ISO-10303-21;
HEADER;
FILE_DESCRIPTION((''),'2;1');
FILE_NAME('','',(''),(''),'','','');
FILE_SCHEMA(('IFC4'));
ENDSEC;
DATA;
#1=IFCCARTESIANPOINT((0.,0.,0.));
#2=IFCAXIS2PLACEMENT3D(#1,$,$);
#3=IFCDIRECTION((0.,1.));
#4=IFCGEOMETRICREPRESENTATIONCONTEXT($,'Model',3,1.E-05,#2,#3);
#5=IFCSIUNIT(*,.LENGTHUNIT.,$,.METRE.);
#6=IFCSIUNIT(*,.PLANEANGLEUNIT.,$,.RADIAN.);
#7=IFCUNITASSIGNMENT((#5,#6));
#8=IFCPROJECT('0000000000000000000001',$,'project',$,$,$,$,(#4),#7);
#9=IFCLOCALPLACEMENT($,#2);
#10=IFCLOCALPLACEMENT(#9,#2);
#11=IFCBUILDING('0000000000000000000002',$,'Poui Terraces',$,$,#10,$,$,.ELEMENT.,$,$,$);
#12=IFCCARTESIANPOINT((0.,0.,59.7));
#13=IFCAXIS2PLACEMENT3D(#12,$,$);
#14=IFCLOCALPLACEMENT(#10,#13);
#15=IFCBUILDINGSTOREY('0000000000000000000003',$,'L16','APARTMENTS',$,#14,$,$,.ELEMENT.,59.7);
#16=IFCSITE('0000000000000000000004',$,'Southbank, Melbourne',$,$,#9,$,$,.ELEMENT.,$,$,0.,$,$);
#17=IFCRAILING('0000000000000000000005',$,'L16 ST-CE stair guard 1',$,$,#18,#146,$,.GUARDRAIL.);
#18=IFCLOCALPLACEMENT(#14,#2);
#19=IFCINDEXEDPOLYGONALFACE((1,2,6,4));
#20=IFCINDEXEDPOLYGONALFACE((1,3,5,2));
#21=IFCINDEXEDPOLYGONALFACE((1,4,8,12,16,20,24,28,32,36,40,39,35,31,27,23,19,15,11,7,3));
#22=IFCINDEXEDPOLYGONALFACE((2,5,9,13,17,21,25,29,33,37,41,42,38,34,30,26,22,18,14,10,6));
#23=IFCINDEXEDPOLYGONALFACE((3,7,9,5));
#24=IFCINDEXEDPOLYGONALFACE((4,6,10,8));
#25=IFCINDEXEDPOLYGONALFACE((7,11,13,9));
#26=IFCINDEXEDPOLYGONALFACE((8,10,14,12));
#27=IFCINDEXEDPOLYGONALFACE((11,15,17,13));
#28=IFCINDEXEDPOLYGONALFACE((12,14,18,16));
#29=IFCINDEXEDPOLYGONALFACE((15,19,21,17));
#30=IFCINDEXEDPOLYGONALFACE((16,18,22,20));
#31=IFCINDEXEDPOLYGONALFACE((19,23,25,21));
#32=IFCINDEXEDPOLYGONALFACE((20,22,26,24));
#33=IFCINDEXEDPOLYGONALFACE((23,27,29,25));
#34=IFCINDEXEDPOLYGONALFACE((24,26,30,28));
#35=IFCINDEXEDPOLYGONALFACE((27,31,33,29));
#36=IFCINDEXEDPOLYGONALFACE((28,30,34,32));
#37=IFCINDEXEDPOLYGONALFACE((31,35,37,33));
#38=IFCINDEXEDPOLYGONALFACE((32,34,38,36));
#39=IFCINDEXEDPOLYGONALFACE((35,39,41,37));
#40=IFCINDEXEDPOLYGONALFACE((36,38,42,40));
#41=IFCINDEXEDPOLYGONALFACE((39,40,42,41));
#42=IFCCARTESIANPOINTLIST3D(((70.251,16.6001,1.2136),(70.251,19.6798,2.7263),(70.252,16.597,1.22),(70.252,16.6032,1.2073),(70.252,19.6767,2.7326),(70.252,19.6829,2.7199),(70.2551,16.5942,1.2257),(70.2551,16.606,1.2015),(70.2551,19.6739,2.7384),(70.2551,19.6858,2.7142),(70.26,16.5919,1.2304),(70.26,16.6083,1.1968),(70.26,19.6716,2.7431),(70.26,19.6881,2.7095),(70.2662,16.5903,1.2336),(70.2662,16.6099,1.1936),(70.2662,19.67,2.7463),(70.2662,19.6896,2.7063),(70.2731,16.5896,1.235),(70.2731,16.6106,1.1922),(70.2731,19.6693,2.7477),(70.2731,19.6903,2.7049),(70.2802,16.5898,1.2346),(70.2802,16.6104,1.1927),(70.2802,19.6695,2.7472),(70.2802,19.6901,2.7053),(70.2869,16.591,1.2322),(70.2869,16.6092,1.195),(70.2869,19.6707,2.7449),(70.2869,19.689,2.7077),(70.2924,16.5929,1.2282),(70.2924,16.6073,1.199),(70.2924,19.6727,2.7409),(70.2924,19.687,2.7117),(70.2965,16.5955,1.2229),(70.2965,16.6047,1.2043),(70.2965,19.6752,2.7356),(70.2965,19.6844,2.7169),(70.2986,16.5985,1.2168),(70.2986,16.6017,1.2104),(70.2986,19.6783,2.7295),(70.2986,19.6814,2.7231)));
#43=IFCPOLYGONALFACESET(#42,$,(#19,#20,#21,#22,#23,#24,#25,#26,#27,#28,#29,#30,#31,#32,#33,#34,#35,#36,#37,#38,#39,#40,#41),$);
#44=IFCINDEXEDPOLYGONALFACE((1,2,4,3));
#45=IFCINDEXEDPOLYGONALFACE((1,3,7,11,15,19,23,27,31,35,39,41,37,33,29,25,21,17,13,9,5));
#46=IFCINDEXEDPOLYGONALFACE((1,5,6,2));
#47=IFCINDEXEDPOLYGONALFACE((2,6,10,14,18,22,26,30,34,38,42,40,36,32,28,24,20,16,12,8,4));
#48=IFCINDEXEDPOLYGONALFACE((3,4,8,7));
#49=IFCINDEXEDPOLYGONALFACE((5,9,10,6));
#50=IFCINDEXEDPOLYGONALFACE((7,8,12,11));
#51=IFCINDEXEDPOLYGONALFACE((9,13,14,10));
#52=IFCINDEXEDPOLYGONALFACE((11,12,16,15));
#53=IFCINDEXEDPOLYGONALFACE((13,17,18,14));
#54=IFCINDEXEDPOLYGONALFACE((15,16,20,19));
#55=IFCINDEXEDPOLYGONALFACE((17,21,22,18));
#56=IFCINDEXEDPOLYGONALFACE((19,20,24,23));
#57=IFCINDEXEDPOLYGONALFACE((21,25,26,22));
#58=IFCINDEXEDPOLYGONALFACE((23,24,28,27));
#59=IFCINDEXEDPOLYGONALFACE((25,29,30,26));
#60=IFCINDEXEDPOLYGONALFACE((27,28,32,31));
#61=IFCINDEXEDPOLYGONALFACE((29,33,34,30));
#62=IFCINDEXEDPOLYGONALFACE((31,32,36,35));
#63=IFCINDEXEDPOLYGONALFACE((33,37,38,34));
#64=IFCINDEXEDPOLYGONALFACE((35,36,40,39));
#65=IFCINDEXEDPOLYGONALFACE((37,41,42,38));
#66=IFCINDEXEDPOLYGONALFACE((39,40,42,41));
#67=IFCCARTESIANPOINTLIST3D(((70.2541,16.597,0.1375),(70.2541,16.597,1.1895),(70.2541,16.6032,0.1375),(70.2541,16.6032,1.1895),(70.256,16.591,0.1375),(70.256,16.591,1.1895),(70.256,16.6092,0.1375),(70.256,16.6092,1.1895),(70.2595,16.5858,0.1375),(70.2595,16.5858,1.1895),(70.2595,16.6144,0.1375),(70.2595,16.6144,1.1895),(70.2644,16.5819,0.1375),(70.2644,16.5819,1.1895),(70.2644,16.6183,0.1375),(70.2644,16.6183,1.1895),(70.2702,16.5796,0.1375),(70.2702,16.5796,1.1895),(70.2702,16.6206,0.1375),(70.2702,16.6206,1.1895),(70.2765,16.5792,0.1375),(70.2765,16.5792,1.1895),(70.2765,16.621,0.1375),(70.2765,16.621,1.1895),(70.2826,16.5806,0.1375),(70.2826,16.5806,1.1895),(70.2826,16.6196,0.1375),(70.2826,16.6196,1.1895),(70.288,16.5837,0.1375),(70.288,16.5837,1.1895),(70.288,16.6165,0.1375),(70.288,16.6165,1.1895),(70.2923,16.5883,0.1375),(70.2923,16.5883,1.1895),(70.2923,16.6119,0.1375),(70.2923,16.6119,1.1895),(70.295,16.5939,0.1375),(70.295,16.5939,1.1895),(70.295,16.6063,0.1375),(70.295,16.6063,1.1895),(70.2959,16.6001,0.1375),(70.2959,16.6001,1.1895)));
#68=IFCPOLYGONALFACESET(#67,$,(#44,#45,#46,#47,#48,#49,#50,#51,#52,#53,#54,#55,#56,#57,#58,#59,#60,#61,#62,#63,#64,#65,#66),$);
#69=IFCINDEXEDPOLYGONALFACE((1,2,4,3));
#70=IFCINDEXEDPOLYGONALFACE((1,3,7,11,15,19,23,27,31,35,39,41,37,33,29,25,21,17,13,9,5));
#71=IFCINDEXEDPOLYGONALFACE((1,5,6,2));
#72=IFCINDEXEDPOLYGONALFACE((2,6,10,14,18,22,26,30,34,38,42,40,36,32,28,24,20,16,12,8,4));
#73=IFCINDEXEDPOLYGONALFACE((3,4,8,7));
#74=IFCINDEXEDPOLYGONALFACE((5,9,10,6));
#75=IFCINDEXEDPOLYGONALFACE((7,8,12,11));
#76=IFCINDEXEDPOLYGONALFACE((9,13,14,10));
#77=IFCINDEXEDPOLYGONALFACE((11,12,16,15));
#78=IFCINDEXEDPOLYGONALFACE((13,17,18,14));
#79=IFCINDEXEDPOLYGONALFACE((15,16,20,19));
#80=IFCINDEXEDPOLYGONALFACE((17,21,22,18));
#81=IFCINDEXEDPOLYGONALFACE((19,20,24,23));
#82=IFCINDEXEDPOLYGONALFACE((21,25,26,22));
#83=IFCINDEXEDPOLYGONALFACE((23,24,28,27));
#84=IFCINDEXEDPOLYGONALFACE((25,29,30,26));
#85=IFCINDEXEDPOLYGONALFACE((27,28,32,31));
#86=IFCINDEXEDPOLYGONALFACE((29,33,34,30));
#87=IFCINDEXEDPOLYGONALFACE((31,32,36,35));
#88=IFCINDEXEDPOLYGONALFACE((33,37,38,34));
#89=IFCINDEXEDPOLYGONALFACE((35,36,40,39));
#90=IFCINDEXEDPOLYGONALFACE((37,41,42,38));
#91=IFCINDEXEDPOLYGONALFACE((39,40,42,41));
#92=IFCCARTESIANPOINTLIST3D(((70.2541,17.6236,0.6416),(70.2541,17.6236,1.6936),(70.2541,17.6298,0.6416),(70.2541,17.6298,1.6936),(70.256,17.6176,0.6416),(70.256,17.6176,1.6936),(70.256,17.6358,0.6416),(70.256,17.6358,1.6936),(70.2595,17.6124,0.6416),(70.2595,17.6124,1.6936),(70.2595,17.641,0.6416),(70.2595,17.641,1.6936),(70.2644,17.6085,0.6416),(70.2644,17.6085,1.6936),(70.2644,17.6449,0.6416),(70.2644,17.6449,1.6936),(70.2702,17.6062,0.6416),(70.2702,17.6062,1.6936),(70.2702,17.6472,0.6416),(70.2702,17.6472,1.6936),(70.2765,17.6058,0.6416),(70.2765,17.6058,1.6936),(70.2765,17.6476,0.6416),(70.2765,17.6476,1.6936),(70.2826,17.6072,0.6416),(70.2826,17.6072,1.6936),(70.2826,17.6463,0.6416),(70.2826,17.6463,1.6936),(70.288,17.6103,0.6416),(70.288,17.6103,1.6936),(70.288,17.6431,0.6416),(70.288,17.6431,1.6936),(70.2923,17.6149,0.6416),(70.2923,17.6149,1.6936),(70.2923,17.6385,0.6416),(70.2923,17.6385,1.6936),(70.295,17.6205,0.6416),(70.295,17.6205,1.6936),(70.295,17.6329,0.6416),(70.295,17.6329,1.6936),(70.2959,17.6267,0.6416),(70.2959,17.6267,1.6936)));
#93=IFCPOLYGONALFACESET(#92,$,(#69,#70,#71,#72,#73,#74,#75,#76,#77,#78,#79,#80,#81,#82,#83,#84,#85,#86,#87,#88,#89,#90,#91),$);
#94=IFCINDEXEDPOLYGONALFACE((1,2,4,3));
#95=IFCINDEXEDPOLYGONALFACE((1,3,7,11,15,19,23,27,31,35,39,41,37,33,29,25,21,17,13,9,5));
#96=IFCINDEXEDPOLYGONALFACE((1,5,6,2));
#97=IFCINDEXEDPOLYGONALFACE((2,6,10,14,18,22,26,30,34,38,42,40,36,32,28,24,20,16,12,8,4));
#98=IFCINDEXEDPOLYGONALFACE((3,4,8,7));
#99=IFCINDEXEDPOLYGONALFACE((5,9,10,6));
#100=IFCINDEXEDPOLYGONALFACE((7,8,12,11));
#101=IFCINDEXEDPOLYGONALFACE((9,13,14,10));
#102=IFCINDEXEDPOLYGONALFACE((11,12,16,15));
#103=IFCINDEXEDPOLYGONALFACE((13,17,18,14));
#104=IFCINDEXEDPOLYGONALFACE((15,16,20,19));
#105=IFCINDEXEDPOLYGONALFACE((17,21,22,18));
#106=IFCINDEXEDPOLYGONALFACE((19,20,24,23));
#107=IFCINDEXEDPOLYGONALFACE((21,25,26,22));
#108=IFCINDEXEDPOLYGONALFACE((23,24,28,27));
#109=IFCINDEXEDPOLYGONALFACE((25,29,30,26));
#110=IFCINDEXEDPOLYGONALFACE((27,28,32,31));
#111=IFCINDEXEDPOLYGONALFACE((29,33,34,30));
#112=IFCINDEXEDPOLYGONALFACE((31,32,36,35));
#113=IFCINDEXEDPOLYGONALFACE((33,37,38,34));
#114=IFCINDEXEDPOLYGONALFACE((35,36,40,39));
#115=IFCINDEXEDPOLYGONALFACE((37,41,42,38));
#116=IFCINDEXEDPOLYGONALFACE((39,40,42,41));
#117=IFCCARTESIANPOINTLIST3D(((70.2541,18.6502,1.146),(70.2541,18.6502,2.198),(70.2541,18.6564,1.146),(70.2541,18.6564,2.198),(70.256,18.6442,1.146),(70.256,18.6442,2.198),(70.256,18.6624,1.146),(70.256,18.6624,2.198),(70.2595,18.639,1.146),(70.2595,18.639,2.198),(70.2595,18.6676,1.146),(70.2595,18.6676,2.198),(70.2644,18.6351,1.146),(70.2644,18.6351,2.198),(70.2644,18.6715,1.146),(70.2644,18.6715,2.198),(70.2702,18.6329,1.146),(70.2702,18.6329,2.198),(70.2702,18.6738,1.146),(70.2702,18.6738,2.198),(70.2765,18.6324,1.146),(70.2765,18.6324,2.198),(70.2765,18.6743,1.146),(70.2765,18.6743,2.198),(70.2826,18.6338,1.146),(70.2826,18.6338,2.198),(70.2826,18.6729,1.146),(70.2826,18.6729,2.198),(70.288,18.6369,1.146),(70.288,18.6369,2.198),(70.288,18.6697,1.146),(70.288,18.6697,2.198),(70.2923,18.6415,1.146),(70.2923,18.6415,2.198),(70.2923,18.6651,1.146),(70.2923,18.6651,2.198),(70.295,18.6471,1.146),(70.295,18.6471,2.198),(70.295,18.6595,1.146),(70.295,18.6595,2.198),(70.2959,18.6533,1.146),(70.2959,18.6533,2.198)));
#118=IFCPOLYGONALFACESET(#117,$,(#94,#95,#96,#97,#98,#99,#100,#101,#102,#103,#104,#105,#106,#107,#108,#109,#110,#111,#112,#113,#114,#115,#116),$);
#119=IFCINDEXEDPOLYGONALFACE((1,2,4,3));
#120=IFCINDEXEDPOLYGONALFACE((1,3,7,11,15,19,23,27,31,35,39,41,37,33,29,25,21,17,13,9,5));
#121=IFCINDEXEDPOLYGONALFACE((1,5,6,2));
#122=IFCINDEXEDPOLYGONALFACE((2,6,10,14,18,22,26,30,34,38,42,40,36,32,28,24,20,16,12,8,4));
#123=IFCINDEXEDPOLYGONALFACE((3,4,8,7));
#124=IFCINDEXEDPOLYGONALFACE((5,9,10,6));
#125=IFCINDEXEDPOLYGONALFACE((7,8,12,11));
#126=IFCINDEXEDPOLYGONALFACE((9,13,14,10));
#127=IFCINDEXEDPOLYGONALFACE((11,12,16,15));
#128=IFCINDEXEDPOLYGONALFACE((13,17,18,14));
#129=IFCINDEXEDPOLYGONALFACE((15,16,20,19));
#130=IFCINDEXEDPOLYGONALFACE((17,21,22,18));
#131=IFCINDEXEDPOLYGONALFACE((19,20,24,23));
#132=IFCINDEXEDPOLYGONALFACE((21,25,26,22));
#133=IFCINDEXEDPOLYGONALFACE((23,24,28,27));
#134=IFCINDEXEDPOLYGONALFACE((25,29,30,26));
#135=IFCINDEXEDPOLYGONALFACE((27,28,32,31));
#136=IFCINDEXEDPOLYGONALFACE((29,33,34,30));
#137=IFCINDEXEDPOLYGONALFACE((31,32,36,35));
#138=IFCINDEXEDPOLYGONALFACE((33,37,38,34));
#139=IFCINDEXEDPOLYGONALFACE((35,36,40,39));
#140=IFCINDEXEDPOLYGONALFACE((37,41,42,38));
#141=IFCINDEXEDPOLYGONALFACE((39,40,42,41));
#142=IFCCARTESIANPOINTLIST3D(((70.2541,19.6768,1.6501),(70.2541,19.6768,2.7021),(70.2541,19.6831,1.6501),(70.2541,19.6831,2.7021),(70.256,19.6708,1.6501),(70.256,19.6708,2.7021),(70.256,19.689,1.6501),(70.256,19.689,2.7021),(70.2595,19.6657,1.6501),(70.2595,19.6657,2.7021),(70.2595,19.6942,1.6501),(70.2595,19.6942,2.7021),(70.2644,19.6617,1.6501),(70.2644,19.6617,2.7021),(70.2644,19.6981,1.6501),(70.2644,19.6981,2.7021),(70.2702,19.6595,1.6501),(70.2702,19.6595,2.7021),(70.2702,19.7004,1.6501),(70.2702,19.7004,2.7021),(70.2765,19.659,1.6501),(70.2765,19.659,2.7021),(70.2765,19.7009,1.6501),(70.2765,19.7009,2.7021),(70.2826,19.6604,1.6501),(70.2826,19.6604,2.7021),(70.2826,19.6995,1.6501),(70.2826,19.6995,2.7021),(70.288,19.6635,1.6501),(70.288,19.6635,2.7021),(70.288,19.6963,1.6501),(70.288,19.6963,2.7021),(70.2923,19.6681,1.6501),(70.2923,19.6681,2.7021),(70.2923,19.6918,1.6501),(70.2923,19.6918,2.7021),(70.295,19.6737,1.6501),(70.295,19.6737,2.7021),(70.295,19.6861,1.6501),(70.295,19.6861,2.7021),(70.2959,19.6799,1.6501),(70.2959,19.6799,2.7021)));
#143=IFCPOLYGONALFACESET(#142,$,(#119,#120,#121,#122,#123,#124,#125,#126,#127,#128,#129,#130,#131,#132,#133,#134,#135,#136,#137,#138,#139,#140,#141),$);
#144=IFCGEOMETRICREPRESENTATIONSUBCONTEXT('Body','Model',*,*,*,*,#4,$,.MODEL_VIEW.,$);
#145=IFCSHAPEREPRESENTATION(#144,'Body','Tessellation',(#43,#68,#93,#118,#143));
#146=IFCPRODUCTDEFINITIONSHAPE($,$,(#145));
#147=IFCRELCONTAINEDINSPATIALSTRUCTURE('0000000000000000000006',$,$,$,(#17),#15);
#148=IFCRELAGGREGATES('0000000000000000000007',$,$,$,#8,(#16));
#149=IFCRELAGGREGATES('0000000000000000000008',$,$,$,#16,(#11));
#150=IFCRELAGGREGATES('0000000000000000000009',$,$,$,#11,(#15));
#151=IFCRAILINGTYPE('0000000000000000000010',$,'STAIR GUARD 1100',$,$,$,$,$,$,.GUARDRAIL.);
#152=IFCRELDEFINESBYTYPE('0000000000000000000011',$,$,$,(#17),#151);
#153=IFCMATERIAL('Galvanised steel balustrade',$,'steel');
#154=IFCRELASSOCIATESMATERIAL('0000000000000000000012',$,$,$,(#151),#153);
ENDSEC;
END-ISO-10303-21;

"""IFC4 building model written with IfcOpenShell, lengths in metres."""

from ifc_helpers import new_model, si_unit, direction, frame, origin, origin_2d, place, context, subcontext, project, spatial, circle, extrude, material, type_object, element, save


model = new_model("IFC4")

# Units and contexts
model_context = context("Model", 3, precision=1e-05, world=origin(), true_north=direction((0.0, 1.0)))
body_context = subcontext(model_context, "Body", "Model", "MODEL_VIEW")
ifc_project = project(units=[si_unit("LENGTHUNIT", "METRE"), si_unit("PLANEANGLEUNIT", "RADIAN")], contexts=[model_context])

# Site, building, storey
site_placement = place(None, origin())
site = spatial("IfcSite", under=ifc_project, at=site_placement, Name="Southbank, Melbourne", CompositionType="ELEMENT", RefElevation=0.0)
building_placement = place(site_placement, origin())
building = spatial("IfcBuilding", under=site, at=building_placement, Name="Poui Terraces", CompositionType="ELEMENT")
storey_placement = place(building_placement, frame((0.0, 0.0, 59.7)))
storey = spatial("IfcBuildingStorey", under=building, at=storey_placement, Name="L16", Description="APARTMENTS", CompositionType="ELEMENT", Elevation=59.7)

# Railing
ifc_material_1 = material(Name="Galvanised steel balustrade", Category="steel")
railing_type_1 = type_object("IfcRailingType", Name="STAIR GUARD 1100", PredefinedType="GUARDRAIL", material=ifc_material_1)
railing_1_placement = place(storey_placement, frame((70.2749, 16.6001, 0.1375)))
element("IfcRailing", 1, at=railing_1_placement, inside=storey, type_object=railing_type_1, Name="L16 ST-CE stair guard 1", PredefinedType="GUARDRAIL", context=body_context, shape_type="SweptSolid", body=[
    extrude(circle(Radius=0.0239, at=origin_2d()), frame((0.0, 0.0, 1.0762), z_axis=(0.0, 0.897578, 0.440856), x_axis=(-1.0, 0.0, 0.0)), (0.0, 0.0, 1.0), 3.4312),
    extrude(circle(Radius=0.021, at=origin_2d()), origin(), (0.0, 0.0, 1.0), 1.052),
    extrude(circle(Radius=0.021, at=origin_2d()), frame((0.0, 1.0266, 0.5042)), (0.0, 0.0, 1.0), 1.052),
    extrude(circle(Radius=0.021, at=origin_2d()), frame((0.0, 2.0532, 1.0085)), (0.0, 0.0, 1.0), 1.052),
    extrude(circle(Radius=0.021, at=origin_2d()), frame((0.0, 3.0798, 1.5127)), (0.0, 0.0, 1.0), 1.052),
])

save(model, "model.ifc")
